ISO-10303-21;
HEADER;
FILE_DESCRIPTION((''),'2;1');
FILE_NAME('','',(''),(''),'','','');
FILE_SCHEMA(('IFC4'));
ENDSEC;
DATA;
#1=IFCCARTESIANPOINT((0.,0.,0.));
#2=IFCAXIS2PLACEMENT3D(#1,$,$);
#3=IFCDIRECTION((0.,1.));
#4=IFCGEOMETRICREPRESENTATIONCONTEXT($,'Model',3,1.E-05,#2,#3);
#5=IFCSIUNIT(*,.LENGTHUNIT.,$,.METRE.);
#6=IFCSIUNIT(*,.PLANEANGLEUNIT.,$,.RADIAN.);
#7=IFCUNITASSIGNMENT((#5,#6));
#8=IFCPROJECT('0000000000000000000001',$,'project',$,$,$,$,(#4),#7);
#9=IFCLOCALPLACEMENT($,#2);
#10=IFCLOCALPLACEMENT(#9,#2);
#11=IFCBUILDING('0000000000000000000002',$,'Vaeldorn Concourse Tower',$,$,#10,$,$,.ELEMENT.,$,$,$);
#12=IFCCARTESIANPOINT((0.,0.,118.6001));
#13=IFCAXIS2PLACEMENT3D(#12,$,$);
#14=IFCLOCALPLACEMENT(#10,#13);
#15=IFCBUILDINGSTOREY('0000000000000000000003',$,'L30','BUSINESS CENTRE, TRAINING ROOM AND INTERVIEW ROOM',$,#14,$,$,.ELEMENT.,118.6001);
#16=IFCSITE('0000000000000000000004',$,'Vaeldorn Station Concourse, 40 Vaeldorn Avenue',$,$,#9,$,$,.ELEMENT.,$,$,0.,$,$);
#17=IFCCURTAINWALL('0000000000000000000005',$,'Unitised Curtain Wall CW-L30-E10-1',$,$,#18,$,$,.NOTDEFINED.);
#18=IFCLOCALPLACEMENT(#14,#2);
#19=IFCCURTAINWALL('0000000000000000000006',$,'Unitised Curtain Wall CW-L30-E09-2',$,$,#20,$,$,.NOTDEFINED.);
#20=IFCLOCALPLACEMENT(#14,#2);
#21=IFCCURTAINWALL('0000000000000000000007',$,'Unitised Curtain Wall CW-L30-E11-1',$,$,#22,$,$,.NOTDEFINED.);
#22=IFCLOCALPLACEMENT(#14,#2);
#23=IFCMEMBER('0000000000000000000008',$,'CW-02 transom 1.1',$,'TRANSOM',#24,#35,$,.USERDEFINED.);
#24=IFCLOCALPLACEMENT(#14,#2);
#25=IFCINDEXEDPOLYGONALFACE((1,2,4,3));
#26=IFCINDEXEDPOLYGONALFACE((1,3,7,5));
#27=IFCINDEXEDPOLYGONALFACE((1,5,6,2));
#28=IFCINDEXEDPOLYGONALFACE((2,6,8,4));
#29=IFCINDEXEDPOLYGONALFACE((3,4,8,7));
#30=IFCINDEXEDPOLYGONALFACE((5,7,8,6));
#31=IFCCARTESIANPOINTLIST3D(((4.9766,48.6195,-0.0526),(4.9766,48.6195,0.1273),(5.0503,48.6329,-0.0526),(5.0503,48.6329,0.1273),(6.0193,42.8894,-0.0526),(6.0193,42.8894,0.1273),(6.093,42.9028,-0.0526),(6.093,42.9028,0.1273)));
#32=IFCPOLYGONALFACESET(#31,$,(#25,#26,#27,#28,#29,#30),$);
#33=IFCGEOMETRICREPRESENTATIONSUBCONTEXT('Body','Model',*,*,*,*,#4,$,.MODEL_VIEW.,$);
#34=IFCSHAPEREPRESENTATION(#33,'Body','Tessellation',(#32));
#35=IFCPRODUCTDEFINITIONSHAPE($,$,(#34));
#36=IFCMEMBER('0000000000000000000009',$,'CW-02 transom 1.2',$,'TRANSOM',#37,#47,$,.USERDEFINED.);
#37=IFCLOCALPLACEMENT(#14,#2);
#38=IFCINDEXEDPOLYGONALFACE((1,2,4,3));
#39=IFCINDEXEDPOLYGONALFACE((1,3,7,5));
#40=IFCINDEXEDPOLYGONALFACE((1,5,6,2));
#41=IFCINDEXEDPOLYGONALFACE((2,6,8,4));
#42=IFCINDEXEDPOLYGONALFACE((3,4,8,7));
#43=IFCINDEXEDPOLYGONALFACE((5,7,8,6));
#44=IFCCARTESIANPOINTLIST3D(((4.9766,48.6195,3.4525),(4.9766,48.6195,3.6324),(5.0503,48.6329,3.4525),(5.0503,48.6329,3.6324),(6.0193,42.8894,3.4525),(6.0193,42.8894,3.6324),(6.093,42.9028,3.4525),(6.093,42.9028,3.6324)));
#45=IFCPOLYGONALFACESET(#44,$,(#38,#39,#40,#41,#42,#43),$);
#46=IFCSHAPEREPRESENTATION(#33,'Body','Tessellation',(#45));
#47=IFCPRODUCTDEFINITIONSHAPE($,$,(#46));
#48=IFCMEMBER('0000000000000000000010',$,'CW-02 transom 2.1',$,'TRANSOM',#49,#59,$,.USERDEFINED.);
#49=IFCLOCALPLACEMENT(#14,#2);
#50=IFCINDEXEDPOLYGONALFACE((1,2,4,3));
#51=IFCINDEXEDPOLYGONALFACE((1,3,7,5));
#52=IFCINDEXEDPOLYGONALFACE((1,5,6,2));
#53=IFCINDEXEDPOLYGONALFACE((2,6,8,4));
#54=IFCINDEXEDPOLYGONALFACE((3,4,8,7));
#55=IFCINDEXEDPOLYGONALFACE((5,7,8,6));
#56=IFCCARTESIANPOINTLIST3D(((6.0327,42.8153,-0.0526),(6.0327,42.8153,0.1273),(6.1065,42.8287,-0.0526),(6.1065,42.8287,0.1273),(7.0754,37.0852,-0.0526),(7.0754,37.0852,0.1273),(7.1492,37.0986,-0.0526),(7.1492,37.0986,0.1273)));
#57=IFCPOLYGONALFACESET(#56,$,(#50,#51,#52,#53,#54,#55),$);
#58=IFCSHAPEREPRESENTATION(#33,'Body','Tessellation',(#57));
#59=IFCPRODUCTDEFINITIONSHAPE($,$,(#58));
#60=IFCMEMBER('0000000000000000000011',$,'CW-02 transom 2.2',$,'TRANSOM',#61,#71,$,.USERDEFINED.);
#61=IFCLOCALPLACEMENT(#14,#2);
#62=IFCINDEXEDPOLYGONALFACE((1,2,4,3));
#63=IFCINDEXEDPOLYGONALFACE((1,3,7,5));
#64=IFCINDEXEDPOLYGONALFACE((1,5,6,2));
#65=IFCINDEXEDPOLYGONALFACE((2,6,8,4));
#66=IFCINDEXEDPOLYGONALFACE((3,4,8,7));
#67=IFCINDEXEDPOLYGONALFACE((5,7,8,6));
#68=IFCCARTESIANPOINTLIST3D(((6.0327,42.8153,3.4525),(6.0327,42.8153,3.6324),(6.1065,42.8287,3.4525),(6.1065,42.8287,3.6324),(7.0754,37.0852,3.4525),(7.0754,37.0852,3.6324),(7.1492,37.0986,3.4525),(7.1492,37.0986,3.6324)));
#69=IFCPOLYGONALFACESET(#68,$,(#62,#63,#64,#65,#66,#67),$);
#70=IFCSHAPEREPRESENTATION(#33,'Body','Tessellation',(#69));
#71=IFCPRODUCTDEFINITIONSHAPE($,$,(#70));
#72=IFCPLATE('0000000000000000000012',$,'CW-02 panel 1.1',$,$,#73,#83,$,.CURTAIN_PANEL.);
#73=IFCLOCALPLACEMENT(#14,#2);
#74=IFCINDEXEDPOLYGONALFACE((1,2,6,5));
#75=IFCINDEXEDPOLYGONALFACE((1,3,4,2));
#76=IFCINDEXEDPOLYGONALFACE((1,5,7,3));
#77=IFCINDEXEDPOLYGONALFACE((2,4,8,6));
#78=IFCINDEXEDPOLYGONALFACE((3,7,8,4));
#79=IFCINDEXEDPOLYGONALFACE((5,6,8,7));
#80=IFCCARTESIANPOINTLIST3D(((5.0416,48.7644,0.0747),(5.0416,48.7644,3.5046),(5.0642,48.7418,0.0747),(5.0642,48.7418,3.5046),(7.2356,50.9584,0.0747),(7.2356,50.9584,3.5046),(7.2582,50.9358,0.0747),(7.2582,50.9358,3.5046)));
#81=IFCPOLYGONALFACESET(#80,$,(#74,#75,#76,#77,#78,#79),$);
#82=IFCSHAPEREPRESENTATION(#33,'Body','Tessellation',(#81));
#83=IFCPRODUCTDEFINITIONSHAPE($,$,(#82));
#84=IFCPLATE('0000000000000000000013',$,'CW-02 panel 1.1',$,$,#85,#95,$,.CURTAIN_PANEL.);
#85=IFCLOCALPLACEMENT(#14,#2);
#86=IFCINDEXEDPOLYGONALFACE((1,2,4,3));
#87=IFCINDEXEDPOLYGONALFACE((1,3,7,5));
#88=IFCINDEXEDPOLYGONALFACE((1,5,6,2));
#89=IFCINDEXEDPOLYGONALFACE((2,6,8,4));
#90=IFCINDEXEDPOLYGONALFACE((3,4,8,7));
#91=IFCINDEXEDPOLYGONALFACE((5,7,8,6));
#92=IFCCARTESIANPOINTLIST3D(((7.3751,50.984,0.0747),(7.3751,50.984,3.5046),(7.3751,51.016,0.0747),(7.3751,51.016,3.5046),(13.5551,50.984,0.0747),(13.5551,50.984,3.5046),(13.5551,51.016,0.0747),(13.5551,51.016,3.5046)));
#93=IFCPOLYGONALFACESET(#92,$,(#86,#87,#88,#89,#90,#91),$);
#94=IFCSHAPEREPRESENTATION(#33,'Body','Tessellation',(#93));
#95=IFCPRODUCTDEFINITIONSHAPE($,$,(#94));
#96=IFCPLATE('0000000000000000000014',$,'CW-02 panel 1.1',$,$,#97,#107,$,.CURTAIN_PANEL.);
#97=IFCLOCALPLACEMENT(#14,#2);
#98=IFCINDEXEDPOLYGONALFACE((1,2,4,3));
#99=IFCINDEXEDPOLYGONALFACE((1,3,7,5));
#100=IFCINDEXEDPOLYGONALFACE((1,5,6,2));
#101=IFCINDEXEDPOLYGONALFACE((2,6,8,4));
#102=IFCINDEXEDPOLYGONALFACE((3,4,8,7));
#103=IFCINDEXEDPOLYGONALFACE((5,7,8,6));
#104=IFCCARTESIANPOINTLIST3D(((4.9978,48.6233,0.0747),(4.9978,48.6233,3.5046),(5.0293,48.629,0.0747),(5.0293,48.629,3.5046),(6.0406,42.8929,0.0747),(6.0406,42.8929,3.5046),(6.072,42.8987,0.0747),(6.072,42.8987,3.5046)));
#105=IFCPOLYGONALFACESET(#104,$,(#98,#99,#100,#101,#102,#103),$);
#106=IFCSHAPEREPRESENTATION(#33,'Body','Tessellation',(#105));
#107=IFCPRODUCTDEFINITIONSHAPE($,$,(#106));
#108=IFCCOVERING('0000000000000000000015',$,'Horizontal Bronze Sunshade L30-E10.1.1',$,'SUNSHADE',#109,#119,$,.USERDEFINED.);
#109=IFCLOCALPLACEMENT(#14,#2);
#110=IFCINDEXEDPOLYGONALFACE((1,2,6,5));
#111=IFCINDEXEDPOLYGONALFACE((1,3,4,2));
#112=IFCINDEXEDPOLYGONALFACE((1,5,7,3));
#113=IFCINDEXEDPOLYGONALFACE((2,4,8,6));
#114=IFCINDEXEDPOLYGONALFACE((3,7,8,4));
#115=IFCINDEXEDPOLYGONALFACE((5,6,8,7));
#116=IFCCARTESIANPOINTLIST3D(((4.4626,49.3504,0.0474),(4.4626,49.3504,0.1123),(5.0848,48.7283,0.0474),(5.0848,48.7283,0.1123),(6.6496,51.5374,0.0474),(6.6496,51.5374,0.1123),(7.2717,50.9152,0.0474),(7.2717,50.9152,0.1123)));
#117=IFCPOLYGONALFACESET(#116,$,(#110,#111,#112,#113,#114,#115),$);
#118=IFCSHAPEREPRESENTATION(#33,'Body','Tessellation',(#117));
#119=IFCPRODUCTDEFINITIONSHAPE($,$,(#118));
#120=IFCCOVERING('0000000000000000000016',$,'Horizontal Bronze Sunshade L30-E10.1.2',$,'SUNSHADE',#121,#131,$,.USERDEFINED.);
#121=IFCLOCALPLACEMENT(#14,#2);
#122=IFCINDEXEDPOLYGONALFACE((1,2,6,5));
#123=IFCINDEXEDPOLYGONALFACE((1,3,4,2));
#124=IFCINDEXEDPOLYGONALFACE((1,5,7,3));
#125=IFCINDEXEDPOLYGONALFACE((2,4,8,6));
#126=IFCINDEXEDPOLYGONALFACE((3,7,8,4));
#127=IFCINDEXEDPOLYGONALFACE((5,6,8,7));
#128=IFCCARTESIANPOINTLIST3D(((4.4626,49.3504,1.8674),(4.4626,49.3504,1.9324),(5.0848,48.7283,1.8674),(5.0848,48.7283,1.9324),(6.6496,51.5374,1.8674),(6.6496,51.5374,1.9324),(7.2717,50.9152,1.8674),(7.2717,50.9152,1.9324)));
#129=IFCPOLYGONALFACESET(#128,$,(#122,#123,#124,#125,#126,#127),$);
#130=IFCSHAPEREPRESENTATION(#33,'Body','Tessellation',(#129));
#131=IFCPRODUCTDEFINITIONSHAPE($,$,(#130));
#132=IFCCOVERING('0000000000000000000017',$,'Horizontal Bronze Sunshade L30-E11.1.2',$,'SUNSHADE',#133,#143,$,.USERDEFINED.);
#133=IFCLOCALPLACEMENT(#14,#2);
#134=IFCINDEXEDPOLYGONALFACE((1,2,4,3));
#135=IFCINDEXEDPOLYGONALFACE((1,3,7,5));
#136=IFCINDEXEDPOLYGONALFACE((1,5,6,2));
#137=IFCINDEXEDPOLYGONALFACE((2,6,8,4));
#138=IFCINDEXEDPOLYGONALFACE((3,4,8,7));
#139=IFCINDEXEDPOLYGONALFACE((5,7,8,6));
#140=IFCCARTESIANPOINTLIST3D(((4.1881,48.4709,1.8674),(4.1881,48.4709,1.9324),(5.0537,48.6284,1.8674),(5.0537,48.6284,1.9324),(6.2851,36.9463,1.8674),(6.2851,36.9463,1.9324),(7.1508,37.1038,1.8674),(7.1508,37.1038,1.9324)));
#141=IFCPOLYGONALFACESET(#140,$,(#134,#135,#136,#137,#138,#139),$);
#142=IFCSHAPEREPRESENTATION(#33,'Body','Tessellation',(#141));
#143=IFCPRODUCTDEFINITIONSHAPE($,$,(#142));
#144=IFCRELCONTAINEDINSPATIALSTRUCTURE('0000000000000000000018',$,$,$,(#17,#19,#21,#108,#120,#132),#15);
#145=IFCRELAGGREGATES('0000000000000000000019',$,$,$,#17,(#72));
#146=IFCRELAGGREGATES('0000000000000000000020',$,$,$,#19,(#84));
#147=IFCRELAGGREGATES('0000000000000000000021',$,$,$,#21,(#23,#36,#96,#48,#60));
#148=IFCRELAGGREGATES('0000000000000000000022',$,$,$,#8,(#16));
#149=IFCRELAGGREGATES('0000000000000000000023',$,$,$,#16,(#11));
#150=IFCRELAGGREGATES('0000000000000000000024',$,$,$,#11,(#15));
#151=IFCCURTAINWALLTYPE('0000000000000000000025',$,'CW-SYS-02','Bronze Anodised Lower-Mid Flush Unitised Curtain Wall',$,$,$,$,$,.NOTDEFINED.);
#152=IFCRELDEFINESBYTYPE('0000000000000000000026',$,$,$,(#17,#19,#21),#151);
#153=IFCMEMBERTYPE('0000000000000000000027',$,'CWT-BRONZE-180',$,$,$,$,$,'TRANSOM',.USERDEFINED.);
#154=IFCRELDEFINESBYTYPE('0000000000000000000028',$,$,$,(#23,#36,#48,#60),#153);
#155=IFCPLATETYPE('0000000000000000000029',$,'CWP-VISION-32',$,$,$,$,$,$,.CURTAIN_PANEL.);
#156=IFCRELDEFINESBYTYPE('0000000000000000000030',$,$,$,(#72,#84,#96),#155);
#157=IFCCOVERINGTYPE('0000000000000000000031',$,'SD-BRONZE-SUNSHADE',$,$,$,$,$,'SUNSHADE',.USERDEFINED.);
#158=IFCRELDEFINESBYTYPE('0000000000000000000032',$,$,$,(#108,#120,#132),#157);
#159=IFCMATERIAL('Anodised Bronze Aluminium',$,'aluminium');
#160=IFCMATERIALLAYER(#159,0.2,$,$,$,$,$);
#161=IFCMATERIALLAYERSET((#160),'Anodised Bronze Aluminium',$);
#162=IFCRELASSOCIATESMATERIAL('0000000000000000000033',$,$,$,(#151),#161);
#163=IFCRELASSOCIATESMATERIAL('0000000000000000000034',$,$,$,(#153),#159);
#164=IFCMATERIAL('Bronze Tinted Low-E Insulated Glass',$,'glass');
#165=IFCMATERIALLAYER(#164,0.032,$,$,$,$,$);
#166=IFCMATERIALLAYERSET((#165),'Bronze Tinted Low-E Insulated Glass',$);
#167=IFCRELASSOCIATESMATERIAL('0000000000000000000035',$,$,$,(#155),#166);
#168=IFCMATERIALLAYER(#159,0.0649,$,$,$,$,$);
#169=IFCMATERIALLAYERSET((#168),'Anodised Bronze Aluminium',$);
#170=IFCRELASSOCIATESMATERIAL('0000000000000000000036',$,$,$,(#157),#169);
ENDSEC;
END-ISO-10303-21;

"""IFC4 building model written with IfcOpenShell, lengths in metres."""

from ifc_helpers import new_model, si_unit, direction, frame, origin, origin_2d, place, context, subcontext, project, spatial, rectangle, extrude, source, transform, mapped, material, layer, layer_set, material_profile, profile_set, type_object, element, aggregate, save


model = new_model("IFC4")

# Units and contexts
model_context = context("Model", 3, precision=1e-05, world=origin(), true_north=direction((0.0, 1.0)))
body_context = subcontext(model_context, "Body", "Model", "MODEL_VIEW")
ifc_project = project(units=[si_unit("LENGTHUNIT", "METRE"), si_unit("PLANEANGLEUNIT", "RADIAN")], contexts=[model_context])

# Site, building, storey
site_placement = place(None, origin())
site = spatial("IfcSite", under=ifc_project, at=site_placement, Name="Vaeldorn Station Concourse, 40 Vaeldorn Avenue", CompositionType="ELEMENT", RefElevation=0.0)
building_placement = place(site_placement, origin())
building = spatial("IfcBuilding", under=site, at=building_placement, Name="Vaeldorn Concourse Tower", CompositionType="ELEMENT")
storey_placement = place(building_placement, frame((0.0, 0.0, 118.6001)))
storey = spatial("IfcBuildingStorey", under=building, at=storey_placement, Name="L30", Description="BUSINESS CENTRE, TRAINING ROOM AND INTERVIEW ROOM", CompositionType="ELEMENT", Elevation=118.6001)

# Curtain walls
ifc_material_1 = material(Name="Anodised Bronze Aluminium", Category="aluminium")
ifc_layer_1 = layer(ifc_material_1, 0.2)
ifc_layer_set_1 = layer_set([ifc_layer_1], Name="Anodised Bronze Aluminium")
curtain_wall_type = type_object("IfcCurtainWallType", Name="CW-SYS-02", Description="Bronze Anodised Lower-Mid Flush Unitised Curtain Wall", PredefinedType="NOTDEFINED", material=ifc_layer_set_1)
curtain_wall_1_placement = place(storey_placement, origin())
curtain_wall_1 = element("IfcCurtainWall", 1, at=curtain_wall_1_placement, inside=storey, type_object=curtain_wall_type, Name="Unitised Curtain Wall CW-L30-E10-1", PredefinedType="NOTDEFINED")
ifc_material_profile_1 = material_profile(ifc_material_1, rectangle(XDim=0.075, YDim=0.1799, at=origin_2d()), Name="CWT 75x180")
ifc_profile_set_1 = profile_set([ifc_material_profile_1], Name="Anodised Bronze Aluminium")
member_type_1 = type_object("IfcMemberType", Name="CWT-BRONZE-180", ElementType="TRANSOM", PredefinedType="USERDEFINED", material=ifc_profile_set_1)
curtain_wall_2_placement = place(storey_placement, origin())
curtain_wall_2 = element("IfcCurtainWall", 2, at=curtain_wall_2_placement, inside=storey, type_object=curtain_wall_type, Name="Unitised Curtain Wall CW-L30-E09-2", PredefinedType="NOTDEFINED")

# Curtain wall, members
curtain_wall_3_placement = place(storey_placement, origin())
curtain_wall_3 = element("IfcCurtainWall", 3, at=curtain_wall_3_placement, inside=storey, type_object=curtain_wall_type, Name="Unitised Curtain Wall CW-L30-E11-1", PredefinedType="NOTDEFINED")
shared_shape_1 = source(origin(), body_context, "Body", "SweptSolid", [
    extrude(rectangle(XDim=0.075, YDim=0.1799, at=origin_2d()), origin(), (0.0, 0.0, 1.0), 5.8242),
])
member_1_placement = place(storey_placement, frame((5.0134, 48.6262, 0.0374), z_axis=(0.179029, -0.983844, 0.0), x_axis=(0.983844, 0.179029, 0.0)))
member_1 = element("IfcMember", 4, at=member_1_placement, type_object=member_type_1, Name="CW-02 transom 1.1", ObjectType="TRANSOM", PredefinedType="USERDEFINED", context=body_context, shape_type="MappedRepresentation", body=[
    mapped(shared_shape_1, transform((0.0, 0.0, 0.0), scale=1.0)),
])
member_2_placement = place(storey_placement, frame((5.0134, 48.6262, 3.5425), z_axis=(0.179029, -0.983844, 0.0), x_axis=(0.983844, 0.179029, 0.0)))
member_2 = element("IfcMember", 5, at=member_2_placement, type_object=member_type_1, Name="CW-02 transom 1.2", ObjectType="TRANSOM", PredefinedType="USERDEFINED", context=body_context, shape_type="MappedRepresentation", body=[
    mapped(shared_shape_1, transform((0.0, 0.0, 0.0), scale=1.0)),
])
member_3_placement = place(storey_placement, frame((6.0696, 42.822, 0.0374), z_axis=(0.179029, -0.983844, 0.0), x_axis=(0.983844, 0.179029, 0.0)))
member_3 = element("IfcMember", 6, at=member_3_placement, type_object=member_type_1, Name="CW-02 transom 2.1", ObjectType="TRANSOM", PredefinedType="USERDEFINED", context=body_context, shape_type="MappedRepresentation", body=[
    mapped(shared_shape_1, transform((0.0, 0.0, 0.0), scale=1.0)),
])
member_4_placement = place(storey_placement, frame((6.0696, 42.822, 3.5425), z_axis=(0.179029, -0.983844, 0.0), x_axis=(0.983844, 0.179029, 0.0)))
member_4 = element("IfcMember", 7, at=member_4_placement, type_object=member_type_1, Name="CW-02 transom 2.2", ObjectType="TRANSOM", PredefinedType="USERDEFINED", context=body_context, shape_type="MappedRepresentation", body=[
    mapped(shared_shape_1, transform((0.0, 0.0, 0.0), scale=1.0)),
])

# Plates
ifc_material_2 = material(Name="Bronze Tinted Low-E Insulated Glass", Category="glass")
ifc_layer_2 = layer(ifc_material_2, 0.032)
ifc_layer_set_2 = layer_set([ifc_layer_2], Name="Bronze Tinted Low-E Insulated Glass")
plate_type = type_object("IfcPlateType", Name="CWP-VISION-32", PredefinedType="CURTAIN_PANEL", material=ifc_layer_set_2)
shared_shape_2 = source(origin(), body_context, "Body", "SweptSolid", [
    extrude(rectangle(XDim=3.1028, YDim=0.032, at=origin_2d()), origin(), (0.0, 0.0, 1.0), 3.4299),
])
plate_1_placement = place(storey_placement, frame((6.1499, 49.8501, 0.0747), z_axis=(0.0, 0.0, 1.0), x_axis=(-0.707107, -0.707107, 0.0)))
plate_1 = element("IfcPlate", 8, at=plate_1_placement, type_object=plate_type, Name="CW-02 panel 1.1", PredefinedType="CURTAIN_PANEL", context=body_context, shape_type="MappedRepresentation", body=[
    mapped(shared_shape_2, transform((0.0, 0.0, 0.0), scale=1.0)),
])
aggregate(curtain_wall_1, [plate_1])
shared_shape_3 = source(origin(), body_context, "Body", "SweptSolid", [
    extrude(rectangle(XDim=6.1799, YDim=0.032, at=origin_2d()), origin(), (0.0, 0.0, 1.0), 3.4299),
])
plate_2_placement = place(storey_placement, frame((10.4651, 51.0, 0.0747), z_axis=(0.0, 0.0, 1.0), x_axis=(-1.0, 0.0, 0.0)))
plate_2 = element("IfcPlate", 9, at=plate_2_placement, type_object=plate_type, Name="CW-02 panel 1.1", PredefinedType="CURTAIN_PANEL", context=body_context, shape_type="MappedRepresentation", body=[
    mapped(shared_shape_3, transform((0.0, 0.0, 0.0), scale=1.0)),
])
aggregate(curtain_wall_2, [plate_2])
shared_shape_4 = source(origin(), body_context, "Body", "SweptSolid", [
    extrude(rectangle(XDim=5.8245, YDim=0.032, at=origin_2d()), origin(), (0.0, 0.0, 1.0), 3.4299),
])
plate_3_placement = place(storey_placement, frame((5.5349, 45.761, 0.0747), z_axis=(0.0, 0.0, 1.0), x_axis=(0.179032, -0.983843, 0.0)))
plate_3 = element("IfcPlate", 10, at=plate_3_placement, type_object=plate_type, Name="CW-02 panel 1.1", PredefinedType="CURTAIN_PANEL", context=body_context, shape_type="MappedRepresentation", body=[
    mapped(shared_shape_4, transform((0.0, 0.0, 0.0), scale=1.0)),
])
aggregate(curtain_wall_3, [member_1, member_2, plate_3, member_3, member_4])

# Coverings
ifc_layer_3 = layer(ifc_material_1, 0.0649)
ifc_layer_set_3 = layer_set([ifc_layer_3], Name="Anodised Bronze Aluminium")
covering_type = type_object("IfcCoveringType", Name="SD-BRONZE-SUNSHADE", ElementType="SUNSHADE", PredefinedType="USERDEFINED", material=ifc_layer_set_3)
shared_shape_5 = source(origin(), body_context, "Body", "SweptSolid", [
    extrude(rectangle(XDim=3.0928, YDim=0.8799, at=origin_2d()), origin(), (0.0, 0.0, 1.0), 0.0649),
])
for number, where, z_axis, x_axis, name in (
    (11, (5.8672, 50.1328, 0.0474), (0.0, 0.0, 1.0), (-0.707107, -0.707107, 0.0), "Horizontal Bronze Sunshade L30-E10.1.1"),
    (12, (5.8672, 50.1328, 1.8674), (0.0, 0.0, 1.0), (-0.707107, -0.707107, 0.0), "Horizontal Bronze Sunshade L30-E10.1.2"),
):
    element("IfcCovering", number, at=place(storey_placement, frame(where, z_axis=z_axis, x_axis=x_axis)), inside=storey, type_object=covering_type, Name=name, ObjectType="SUNSHADE", PredefinedType="USERDEFINED", context=body_context, shape_type="MappedRepresentation", body=[
        mapped(shared_shape_5, transform((0.0, 0.0, 0.0), scale=1.0)),
    ])
shared_shape_6 = source(origin(), body_context, "Body", "SweptSolid", [
    extrude(rectangle(XDim=11.7139, YDim=0.8799, at=origin_2d()), origin(), (0.0, 0.0, 1.0), 0.0649),
])
covering_placement = place(storey_placement, frame((5.6694, 42.7874, 1.8674), z_axis=(0.0, 0.0, 1.0), x_axis=(0.179025, -0.983844, 0.0)))
element("IfcCovering", 13, at=covering_placement, inside=storey, type_object=covering_type, Name="Horizontal Bronze Sunshade L30-E11.1.2", ObjectType="SUNSHADE", PredefinedType="USERDEFINED", context=body_context, shape_type="MappedRepresentation", body=[
    mapped(shared_shape_6, transform((0.0, 0.0, 0.0), scale=1.0)),
])

save(model, "model.ifc")
